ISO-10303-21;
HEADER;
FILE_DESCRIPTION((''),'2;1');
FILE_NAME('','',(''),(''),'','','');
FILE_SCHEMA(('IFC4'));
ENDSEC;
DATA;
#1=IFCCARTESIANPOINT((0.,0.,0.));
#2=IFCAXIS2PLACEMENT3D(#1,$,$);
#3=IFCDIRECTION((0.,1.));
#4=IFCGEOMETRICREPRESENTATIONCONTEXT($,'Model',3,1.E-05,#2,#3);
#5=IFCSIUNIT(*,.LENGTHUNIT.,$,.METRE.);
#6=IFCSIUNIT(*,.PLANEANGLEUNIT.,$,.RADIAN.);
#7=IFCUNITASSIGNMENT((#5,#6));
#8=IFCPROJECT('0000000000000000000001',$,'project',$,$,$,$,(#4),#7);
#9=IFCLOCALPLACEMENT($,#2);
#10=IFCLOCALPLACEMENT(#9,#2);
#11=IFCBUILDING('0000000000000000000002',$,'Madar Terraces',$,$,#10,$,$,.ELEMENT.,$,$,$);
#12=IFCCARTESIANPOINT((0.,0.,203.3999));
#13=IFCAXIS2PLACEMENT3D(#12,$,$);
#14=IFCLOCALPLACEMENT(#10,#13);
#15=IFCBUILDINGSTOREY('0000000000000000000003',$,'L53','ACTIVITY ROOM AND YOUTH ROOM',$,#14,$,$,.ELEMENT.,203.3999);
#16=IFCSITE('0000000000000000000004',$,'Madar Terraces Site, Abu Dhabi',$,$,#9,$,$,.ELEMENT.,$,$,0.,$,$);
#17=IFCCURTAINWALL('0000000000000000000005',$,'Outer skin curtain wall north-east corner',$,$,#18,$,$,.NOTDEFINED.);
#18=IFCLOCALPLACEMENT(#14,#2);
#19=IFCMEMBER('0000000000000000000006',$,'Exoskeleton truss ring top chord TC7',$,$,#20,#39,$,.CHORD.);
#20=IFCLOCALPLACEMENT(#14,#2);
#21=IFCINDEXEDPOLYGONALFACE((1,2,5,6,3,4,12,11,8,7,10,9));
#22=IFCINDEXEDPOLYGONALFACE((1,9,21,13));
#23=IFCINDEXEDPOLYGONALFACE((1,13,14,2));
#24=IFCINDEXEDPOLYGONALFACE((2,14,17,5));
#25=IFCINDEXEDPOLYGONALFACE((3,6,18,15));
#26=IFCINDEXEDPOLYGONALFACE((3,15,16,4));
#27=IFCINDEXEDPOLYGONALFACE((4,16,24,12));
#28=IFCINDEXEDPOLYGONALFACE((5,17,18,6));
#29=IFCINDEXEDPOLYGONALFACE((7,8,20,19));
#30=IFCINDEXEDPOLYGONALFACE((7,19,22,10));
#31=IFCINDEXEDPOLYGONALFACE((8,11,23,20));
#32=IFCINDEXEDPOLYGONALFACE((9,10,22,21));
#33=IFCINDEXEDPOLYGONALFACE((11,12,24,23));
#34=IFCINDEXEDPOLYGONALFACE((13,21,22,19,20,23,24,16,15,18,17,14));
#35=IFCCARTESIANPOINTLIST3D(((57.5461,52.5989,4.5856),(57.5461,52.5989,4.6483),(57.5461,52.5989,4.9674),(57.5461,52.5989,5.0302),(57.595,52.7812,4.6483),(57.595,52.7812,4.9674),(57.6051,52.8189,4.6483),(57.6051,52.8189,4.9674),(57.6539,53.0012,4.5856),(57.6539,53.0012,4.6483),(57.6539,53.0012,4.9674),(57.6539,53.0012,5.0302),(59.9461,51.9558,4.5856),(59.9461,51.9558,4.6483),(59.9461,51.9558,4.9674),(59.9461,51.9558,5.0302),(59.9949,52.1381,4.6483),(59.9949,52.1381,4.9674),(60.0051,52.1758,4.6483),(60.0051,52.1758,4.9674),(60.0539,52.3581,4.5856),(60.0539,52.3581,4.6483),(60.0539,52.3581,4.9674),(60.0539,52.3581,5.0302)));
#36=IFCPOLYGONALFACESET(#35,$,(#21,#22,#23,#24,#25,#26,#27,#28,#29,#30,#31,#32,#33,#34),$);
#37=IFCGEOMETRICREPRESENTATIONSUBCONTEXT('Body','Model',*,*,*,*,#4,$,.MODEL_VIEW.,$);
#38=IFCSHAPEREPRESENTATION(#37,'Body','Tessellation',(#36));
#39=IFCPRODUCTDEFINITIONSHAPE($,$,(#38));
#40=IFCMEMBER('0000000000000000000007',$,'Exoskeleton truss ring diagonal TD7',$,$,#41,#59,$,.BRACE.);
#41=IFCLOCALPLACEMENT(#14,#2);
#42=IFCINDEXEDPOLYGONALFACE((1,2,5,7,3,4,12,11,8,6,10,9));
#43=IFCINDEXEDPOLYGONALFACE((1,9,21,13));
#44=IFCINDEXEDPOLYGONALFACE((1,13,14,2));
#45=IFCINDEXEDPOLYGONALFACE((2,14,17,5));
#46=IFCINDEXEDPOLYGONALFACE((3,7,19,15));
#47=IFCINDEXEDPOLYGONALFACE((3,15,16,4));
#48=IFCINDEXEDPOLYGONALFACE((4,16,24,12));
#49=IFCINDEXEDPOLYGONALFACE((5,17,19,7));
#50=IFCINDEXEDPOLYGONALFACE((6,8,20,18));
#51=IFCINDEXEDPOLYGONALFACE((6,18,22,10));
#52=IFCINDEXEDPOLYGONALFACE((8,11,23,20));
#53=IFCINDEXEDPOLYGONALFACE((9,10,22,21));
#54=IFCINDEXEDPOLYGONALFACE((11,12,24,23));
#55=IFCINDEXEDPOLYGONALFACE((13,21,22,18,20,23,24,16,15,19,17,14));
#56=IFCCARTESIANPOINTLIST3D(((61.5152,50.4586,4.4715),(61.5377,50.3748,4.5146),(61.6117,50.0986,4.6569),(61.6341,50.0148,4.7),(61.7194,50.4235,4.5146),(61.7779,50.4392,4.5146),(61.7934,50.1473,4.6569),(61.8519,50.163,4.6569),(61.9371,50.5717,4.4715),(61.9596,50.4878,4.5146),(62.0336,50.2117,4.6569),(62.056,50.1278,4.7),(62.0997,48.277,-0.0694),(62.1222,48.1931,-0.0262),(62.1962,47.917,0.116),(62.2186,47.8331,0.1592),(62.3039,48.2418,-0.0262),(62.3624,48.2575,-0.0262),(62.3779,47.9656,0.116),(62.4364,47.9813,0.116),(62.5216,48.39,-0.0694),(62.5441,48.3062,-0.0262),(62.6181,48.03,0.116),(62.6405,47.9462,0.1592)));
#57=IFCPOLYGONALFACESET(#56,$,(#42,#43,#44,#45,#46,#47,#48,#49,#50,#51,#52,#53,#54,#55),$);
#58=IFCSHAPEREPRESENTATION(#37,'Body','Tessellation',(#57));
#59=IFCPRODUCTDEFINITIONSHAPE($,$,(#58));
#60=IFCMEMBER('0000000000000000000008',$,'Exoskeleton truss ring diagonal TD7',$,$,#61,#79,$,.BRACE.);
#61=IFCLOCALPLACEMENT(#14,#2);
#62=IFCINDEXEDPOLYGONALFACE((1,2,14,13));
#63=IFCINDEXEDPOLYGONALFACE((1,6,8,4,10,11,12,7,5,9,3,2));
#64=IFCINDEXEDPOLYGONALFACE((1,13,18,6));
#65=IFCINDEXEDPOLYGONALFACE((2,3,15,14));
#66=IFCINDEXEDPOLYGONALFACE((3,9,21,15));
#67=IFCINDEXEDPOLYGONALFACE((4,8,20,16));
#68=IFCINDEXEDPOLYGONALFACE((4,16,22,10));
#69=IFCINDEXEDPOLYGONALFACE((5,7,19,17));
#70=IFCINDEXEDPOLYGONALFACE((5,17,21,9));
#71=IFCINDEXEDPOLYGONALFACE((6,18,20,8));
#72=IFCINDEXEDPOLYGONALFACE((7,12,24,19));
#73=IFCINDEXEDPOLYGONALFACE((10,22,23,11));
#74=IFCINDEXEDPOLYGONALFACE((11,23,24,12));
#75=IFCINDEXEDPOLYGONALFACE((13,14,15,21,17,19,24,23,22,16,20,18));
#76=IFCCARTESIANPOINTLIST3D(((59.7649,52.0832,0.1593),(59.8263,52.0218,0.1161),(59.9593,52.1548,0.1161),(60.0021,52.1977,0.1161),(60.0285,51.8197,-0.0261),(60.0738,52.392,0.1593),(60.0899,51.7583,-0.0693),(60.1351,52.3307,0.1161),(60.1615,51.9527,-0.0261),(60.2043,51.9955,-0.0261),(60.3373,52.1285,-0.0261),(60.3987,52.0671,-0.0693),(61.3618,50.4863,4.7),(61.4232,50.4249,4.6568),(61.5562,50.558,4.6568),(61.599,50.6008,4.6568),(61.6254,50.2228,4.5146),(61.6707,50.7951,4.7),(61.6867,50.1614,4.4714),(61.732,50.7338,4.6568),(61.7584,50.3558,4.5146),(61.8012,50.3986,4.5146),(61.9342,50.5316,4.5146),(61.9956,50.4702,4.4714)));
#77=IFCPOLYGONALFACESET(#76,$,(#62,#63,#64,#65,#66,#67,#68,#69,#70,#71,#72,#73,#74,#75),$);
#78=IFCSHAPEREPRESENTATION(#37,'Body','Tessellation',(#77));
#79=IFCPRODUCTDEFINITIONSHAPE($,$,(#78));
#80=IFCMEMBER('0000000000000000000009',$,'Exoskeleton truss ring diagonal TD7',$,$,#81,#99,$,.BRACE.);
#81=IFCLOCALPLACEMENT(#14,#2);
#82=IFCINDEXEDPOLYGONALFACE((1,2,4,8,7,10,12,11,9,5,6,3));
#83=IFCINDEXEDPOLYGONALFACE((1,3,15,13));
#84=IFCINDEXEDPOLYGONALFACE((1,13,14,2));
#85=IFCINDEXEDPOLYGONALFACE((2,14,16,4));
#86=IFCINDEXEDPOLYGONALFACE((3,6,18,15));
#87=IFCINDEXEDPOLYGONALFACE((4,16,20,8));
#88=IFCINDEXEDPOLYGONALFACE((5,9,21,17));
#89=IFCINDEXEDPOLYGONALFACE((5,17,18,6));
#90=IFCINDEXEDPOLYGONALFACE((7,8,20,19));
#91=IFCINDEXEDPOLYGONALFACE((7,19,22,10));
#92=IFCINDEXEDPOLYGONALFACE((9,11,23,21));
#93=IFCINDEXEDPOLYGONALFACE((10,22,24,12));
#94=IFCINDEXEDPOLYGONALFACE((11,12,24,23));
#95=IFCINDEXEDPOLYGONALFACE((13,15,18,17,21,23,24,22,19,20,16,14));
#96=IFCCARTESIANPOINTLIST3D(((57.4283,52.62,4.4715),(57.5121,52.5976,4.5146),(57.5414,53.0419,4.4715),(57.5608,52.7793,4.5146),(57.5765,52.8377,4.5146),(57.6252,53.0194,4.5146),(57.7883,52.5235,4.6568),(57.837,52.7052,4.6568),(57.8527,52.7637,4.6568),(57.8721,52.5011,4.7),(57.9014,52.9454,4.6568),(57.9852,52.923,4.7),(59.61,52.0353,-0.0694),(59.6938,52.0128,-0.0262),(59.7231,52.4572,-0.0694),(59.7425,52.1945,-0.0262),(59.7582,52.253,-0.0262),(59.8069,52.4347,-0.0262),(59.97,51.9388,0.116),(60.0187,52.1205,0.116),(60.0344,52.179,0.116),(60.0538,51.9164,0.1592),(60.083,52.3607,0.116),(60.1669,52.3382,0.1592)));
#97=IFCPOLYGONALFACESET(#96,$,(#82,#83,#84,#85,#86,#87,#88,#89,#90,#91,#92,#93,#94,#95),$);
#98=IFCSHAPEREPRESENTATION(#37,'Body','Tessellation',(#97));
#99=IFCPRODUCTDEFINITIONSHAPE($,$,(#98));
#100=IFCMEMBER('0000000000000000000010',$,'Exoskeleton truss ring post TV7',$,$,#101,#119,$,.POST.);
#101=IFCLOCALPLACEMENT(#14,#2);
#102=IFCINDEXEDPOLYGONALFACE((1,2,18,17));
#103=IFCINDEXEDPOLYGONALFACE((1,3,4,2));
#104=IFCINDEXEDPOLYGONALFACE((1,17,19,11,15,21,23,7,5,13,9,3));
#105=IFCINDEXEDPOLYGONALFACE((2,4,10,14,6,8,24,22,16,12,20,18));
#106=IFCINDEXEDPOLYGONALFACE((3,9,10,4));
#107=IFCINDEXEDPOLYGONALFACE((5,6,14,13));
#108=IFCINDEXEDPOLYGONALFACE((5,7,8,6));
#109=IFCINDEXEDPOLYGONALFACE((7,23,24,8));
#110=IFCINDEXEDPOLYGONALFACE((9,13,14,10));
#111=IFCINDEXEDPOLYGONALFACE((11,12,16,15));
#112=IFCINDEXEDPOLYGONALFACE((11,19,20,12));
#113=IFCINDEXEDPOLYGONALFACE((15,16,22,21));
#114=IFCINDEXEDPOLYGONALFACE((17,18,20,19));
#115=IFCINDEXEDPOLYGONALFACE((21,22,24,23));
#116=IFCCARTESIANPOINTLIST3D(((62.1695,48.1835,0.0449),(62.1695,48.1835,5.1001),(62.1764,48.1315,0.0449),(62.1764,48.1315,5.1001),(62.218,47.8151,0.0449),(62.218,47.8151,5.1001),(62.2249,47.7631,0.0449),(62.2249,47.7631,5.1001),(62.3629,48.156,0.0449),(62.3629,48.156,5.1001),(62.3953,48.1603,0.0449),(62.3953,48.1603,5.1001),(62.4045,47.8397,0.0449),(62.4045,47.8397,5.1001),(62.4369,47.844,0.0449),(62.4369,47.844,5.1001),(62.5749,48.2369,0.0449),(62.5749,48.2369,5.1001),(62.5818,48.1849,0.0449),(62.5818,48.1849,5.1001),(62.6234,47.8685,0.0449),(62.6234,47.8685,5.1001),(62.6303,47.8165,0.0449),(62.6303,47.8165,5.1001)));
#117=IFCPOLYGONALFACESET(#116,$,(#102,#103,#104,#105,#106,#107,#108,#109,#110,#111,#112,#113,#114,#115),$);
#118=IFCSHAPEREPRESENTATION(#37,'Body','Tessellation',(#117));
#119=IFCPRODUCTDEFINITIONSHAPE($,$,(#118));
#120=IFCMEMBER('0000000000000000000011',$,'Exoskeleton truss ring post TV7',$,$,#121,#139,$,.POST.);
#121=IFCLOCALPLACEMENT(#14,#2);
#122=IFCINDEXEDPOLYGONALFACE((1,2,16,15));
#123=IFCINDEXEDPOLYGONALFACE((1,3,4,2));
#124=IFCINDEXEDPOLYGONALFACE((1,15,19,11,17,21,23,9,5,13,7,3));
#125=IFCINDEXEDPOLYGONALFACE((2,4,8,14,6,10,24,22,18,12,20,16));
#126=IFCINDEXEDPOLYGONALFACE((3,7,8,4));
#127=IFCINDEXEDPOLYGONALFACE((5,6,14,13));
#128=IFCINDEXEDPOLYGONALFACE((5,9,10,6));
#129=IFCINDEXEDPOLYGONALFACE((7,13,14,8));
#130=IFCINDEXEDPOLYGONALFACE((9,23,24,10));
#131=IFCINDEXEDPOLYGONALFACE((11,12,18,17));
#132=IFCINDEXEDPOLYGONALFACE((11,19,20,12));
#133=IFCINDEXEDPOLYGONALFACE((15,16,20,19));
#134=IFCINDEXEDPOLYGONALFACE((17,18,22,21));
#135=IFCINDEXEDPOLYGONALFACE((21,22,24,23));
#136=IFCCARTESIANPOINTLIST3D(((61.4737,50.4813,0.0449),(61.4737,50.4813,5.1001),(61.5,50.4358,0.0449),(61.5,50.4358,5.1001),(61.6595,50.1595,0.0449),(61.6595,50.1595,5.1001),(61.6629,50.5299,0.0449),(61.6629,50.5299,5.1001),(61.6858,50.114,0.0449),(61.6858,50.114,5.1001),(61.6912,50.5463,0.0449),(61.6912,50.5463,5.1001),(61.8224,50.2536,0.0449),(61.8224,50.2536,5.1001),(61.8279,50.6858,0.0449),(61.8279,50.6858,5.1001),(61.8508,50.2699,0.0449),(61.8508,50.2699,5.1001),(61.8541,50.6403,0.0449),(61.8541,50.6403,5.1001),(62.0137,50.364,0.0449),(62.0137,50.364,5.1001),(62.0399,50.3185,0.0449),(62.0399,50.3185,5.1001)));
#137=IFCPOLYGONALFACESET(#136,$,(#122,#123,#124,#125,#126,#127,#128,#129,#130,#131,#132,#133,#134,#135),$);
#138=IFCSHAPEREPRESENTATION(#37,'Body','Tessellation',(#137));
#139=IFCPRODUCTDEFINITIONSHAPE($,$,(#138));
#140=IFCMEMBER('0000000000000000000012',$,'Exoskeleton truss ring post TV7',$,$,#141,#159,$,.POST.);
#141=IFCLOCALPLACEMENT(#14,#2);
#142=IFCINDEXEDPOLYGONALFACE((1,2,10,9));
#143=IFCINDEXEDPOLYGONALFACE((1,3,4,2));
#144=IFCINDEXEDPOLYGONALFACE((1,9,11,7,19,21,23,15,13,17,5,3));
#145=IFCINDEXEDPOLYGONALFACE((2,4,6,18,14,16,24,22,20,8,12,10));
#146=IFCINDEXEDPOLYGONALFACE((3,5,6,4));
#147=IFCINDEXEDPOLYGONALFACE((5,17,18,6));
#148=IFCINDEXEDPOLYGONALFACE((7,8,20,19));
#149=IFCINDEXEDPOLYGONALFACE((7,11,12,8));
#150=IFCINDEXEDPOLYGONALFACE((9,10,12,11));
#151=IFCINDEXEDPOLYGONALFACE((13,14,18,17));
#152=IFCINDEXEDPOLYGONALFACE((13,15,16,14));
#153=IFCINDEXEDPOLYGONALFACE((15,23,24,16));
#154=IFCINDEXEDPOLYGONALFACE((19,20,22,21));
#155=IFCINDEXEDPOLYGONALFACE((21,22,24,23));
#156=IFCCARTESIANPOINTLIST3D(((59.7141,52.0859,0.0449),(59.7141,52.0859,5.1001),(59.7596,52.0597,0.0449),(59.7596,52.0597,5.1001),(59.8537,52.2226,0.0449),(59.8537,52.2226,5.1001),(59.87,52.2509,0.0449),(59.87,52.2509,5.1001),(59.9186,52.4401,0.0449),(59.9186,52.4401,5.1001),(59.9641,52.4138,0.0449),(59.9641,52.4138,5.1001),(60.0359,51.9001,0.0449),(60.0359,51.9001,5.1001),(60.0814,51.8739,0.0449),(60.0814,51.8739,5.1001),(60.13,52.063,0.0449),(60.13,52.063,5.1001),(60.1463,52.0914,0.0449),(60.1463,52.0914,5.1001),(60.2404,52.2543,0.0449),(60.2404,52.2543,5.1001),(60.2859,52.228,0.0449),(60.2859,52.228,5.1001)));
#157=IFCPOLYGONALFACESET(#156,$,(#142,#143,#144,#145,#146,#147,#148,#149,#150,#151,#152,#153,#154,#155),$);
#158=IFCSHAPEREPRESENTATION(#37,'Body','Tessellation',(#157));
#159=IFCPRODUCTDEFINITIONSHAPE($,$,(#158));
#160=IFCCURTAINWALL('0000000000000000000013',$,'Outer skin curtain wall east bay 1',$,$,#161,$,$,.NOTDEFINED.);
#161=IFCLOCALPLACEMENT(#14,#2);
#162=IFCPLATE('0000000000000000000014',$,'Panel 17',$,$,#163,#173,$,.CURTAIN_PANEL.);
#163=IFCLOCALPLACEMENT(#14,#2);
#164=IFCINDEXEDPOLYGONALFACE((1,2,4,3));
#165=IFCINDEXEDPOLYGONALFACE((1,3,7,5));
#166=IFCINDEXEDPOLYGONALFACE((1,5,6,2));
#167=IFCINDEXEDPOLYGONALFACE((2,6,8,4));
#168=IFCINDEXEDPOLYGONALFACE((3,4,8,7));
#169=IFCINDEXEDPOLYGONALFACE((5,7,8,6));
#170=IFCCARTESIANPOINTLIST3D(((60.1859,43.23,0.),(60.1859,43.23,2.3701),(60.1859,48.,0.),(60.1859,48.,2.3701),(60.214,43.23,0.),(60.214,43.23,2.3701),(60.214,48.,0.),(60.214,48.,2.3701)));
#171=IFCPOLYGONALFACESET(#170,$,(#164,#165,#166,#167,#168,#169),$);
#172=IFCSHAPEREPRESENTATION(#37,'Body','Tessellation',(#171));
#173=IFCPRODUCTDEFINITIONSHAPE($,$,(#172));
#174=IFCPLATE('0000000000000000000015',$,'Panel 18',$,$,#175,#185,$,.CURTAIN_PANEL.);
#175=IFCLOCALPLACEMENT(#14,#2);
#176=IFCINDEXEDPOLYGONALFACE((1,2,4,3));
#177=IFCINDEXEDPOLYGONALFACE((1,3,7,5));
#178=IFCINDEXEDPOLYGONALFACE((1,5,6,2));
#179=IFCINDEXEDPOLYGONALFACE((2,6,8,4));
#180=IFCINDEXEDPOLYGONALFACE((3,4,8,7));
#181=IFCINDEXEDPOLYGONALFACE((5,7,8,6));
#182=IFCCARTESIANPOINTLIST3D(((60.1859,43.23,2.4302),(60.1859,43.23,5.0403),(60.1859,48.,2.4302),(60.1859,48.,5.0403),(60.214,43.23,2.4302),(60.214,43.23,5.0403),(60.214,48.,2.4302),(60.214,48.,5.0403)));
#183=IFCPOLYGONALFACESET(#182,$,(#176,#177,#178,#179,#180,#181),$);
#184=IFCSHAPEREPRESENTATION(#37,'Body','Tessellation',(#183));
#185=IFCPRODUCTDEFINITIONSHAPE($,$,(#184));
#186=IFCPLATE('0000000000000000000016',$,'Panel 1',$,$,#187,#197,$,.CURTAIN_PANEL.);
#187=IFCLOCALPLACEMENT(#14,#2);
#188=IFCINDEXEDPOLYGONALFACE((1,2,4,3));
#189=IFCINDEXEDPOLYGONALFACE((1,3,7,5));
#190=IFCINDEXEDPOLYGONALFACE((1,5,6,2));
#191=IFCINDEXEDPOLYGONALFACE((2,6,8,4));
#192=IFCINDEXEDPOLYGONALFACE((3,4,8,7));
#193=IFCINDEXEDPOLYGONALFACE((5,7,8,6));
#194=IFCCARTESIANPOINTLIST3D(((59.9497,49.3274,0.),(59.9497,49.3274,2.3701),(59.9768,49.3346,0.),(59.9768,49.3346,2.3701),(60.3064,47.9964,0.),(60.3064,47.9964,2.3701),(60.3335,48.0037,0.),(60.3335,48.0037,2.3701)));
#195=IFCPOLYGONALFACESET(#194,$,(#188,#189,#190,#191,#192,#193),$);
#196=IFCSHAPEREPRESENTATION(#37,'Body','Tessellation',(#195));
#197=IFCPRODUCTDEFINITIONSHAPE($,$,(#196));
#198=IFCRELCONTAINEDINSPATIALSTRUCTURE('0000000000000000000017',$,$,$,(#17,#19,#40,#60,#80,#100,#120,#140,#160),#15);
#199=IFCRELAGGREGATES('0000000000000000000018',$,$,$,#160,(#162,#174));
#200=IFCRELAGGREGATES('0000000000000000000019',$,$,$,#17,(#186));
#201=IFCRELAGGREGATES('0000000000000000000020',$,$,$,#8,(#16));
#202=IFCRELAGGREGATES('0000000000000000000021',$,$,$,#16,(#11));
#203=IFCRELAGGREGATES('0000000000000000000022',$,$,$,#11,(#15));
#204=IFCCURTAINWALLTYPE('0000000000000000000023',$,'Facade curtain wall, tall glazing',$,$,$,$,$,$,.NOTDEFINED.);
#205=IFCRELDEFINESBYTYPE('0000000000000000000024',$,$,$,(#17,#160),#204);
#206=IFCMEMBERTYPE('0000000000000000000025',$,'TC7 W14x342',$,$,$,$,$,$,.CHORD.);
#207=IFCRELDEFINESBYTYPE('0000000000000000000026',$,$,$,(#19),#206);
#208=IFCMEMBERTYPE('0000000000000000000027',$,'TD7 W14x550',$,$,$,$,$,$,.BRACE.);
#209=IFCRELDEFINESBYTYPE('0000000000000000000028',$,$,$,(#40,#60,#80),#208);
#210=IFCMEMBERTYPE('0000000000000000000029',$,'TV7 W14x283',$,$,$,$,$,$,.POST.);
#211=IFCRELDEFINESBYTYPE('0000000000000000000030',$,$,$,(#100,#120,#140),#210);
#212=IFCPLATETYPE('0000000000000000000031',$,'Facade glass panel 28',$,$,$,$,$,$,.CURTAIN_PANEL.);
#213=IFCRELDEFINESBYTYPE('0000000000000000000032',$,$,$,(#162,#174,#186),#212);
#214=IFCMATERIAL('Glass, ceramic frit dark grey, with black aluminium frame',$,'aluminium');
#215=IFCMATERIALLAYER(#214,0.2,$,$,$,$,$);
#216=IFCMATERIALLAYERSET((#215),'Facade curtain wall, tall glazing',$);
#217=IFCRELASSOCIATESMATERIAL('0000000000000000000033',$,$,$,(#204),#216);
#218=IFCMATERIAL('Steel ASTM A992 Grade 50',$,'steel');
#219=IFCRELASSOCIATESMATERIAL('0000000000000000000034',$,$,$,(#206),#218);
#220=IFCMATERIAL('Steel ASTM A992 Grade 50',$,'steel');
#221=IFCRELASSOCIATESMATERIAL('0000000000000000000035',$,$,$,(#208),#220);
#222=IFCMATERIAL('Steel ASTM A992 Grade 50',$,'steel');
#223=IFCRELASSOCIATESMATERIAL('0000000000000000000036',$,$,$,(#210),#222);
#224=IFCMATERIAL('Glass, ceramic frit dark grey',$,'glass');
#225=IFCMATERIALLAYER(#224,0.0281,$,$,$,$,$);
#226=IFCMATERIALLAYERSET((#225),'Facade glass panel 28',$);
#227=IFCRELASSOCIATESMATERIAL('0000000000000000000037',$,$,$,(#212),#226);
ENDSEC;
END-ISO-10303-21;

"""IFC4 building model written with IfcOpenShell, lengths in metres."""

from ifc_helpers import new_model, si_unit, direction, frame, origin, origin_2d, place, context, subcontext, project, spatial, rectangle, i_section, extrude, material, layer, layer_set, material_profile, profile_set, type_object, element, aggregate, save


model = new_model("IFC4")

# Units and contexts
model_context = context("Model", 3, precision=1e-05, world=origin(), true_north=direction((0.0, 1.0)))
body_context = subcontext(model_context, "Body", "Model", "MODEL_VIEW")
ifc_project = project(units=[si_unit("LENGTHUNIT", "METRE"), si_unit("PLANEANGLEUNIT", "RADIAN")], contexts=[model_context])

# Site, building, storey
site_placement = place(None, origin())
site = spatial("IfcSite", under=ifc_project, at=site_placement, Name="Madar Terraces Site, Abu Dhabi", CompositionType="ELEMENT", RefElevation=0.0)
building_placement = place(site_placement, origin())
building = spatial("IfcBuilding", under=site, at=building_placement, Name="Madar Terraces", CompositionType="ELEMENT")
storey_placement = place(building_placement, frame((0.0, 0.0, 203.3999)))
storey = spatial("IfcBuildingStorey", under=building, at=storey_placement, Name="L53", Description="ACTIVITY ROOM AND YOUTH ROOM", CompositionType="ELEMENT", Elevation=203.3999)

# Curtain wall
ifc_material_1 = material(Name="Glass, ceramic frit dark grey, with black aluminium frame", Category="aluminium")
ifc_layer_1 = layer(ifc_material_1, 0.2)
ifc_layer_set_1 = layer_set([ifc_layer_1], Name="Facade curtain wall, tall glazing")
curtain_wall_type = type_object("IfcCurtainWallType", Name="Facade curtain wall, tall glazing", PredefinedType="NOTDEFINED", material=ifc_layer_set_1)
curtain_wall_1_placement = place(storey_placement, origin())
curtain_wall_1 = element("IfcCurtainWall", 1, at=curtain_wall_1_placement, inside=storey, type_object=curtain_wall_type, Name="Outer skin curtain wall north-east corner", PredefinedType="NOTDEFINED")

# Members
ifc_material_2 = material(Name="Steel ASTM A992 Grade 50", Category="steel")
ifc_material_profile_1 = material_profile(ifc_material_2, i_section(OverallWidth=0.4165, OverallDepth=0.4446, WebThickness=0.0391, FlangeThickness=0.0627, at=origin_2d()), Name="W14x342")
ifc_profile_set_1 = profile_set([ifc_material_profile_1], Name="Steel ASTM A992 Grade 50")
member_type_1 = type_object("IfcMemberType", Name="TC7 W14x342", PredefinedType="CHORD", material=ifc_profile_set_1)
for number, where, z_axis, x_axis, name in (
    (2, (60.0, 52.157, 4.8079), (-0.965924, 0.258824, 0.0), (-0.258824, -0.965924, 0.0), "Exoskeleton truss ring top chord TC7"),
):
    element("IfcMember", number, at=place(storey_placement, frame(where, z_axis=z_axis, x_axis=x_axis)), inside=storey, type_object=member_type_1, Name=name, PredefinedType="CHORD", context=body_context, shape_type="SweptSolid", body=[
        extrude(i_section(OverallWidth=0.4165, OverallDepth=0.4446, WebThickness=0.0391, FlangeThickness=0.0627, at=origin_2d()), origin(), (0.0, 0.0, 1.0), 2.4846),
    ])
ifc_material_3 = material(Name="Steel ASTM A992 Grade 50", Category="steel")
ifc_material_profile_2 = material_profile(ifc_material_3, i_section(OverallWidth=0.4368, OverallDepth=0.5132, WebThickness=0.0605, FlangeThickness=0.0969, at=origin_2d()), Name="W14x550")
ifc_profile_set_2 = profile_set([ifc_material_profile_2], Name="Steel ASTM A992 Grade 50")
member_type_2 = type_object("IfcMemberType", Name="TD7 W14x550", PredefinedType="BRACE", material=ifc_profile_set_2)
member_1_placement = place(storey_placement, frame((62.3701, 48.1116, 0.0449), z_axis=(-0.115247, 0.430179, 0.895357), x_axis=(-0.965936, -0.258779, 0.0)))
element("IfcMember", 3, at=member_1_placement, inside=storey, type_object=member_type_2, Name="Exoskeleton truss ring diagonal TD7", PredefinedType="BRACE", context=body_context, shape_type="SweptSolid", body=[
    extrude(i_section(OverallWidth=0.4368, OverallDepth=0.5132, WebThickness=0.0605, FlangeThickness=0.0969, at=origin_2d()), origin(), (0.0, 0.0, 1.0), 5.0715),
])
member_2_placement = place(storey_placement, frame((61.6787, 50.4783, 4.5857), z_axis=(-0.314889, 0.314889, -0.895371), x_axis=(-0.707107, -0.707107, 0.0)))
element("IfcMember", 4, at=member_2_placement, inside=storey, type_object=member_type_2, Name="Exoskeleton truss ring diagonal TD7", PredefinedType="BRACE", context=body_context, shape_type="SweptSolid", body=[
    extrude(i_section(OverallWidth=0.4368, OverallDepth=0.5132, WebThickness=0.0605, FlangeThickness=0.0969, at=origin_2d()), origin(), (0.0, 0.0, 1.0), 5.0713),
])
member_3_placement = place(storey_placement, frame((59.8884, 52.1868, 0.0449), z_axis=(-0.430177, 0.115295, 0.895352), x_axis=(-0.25888, -0.965909, 0.0)))
element("IfcMember", 5, at=member_3_placement, inside=storey, type_object=member_type_2, Name="Exoskeleton truss ring diagonal TD7", PredefinedType="BRACE", context=body_context, shape_type="SweptSolid", body=[
    extrude(i_section(OverallWidth=0.4368, OverallDepth=0.5132, WebThickness=0.0605, FlangeThickness=0.0969, at=origin_2d()), origin(), (0.0, 0.0, 1.0), 5.0715),
])
ifc_material_4 = material(Name="Steel ASTM A992 Grade 50", Category="steel")
ifc_material_profile_3 = material_profile(ifc_material_4, i_section(OverallWidth=0.4089, OverallDepth=0.4241, WebThickness=0.0327, FlangeThickness=0.0525, at=origin_2d()), Name="W14x283")
ifc_profile_set_3 = profile_set([ifc_material_profile_3], Name="Steel ASTM A992 Grade 50")
member_type_3 = type_object("IfcMemberType", Name="TV7 W14x283", PredefinedType="POST", material=ifc_profile_set_3)
for number, where, z_axis, x_axis, name in (
    (6, (62.3999, 48.0, 0.0449), (0.0, 0.0, 1.0), (-0.991445, -0.130526, 0.0), "Exoskeleton truss ring post TV7"),
    (7, (61.7568, 50.3999, 0.0449), (0.0, 0.0, 1.0), (-0.866025, -0.5, 0.0), "Exoskeleton truss ring post TV7"),
    (8, (60.0, 52.157, 0.0449), (0.0, 0.0, 1.0), (-0.5, -0.866025, 0.0), "Exoskeleton truss ring post TV7"),
):
    element("IfcMember", number, at=place(storey_placement, frame(where, z_axis=z_axis, x_axis=x_axis)), inside=storey, type_object=member_type_3, Name=name, PredefinedType="POST", context=body_context, shape_type="SweptSolid", body=[
        extrude(i_section(OverallWidth=0.4089, OverallDepth=0.4241, WebThickness=0.0327, FlangeThickness=0.0525, at=origin_2d()), origin(), (0.0, 0.0, 1.0), 5.0552),
    ])

# Curtain wall, plates
curtain_wall_2_placement = place(storey_placement, origin())
curtain_wall_2 = element("IfcCurtainWall", 9, at=curtain_wall_2_placement, inside=storey, type_object=curtain_wall_type, Name="Outer skin curtain wall east bay 1", PredefinedType="NOTDEFINED")
ifc_material_5 = material(Name="Glass, ceramic frit dark grey", Category="glass")
ifc_layer_2 = layer(ifc_material_5, 0.0281)
ifc_layer_set_2 = layer_set([ifc_layer_2], Name="Facade glass panel 28")
plate_type = type_object("IfcPlateType", Name="Facade glass panel 28", PredefinedType="CURTAIN_PANEL", material=ifc_layer_set_2)
plate_1_placement = place(storey_placement, frame((60.2, 45.615, 0.0), z_axis=(0.0, 0.0, 1.0), x_axis=(0.0, 1.0, 0.0)))
plate_1 = element("IfcPlate", 10, at=plate_1_placement, type_object=plate_type, Name="Panel 17", PredefinedType="CURTAIN_PANEL", context=body_context, shape_type="SweptSolid", body=[
    extrude(rectangle(XDim=4.77, YDim=0.0281, at=origin_2d()), origin(), (0.0, 0.0, 1.0), 2.3701),
])
plate_2_placement = place(storey_placement, frame((60.2, 45.615, 2.4302), z_axis=(0.0, 0.0, 1.0), x_axis=(0.0, 1.0, 0.0)))
plate_2 = element("IfcPlate", 11, at=plate_2_placement, type_object=plate_type, Name="Panel 18", PredefinedType="CURTAIN_PANEL", context=body_context, shape_type="SweptSolid", body=[
    extrude(rectangle(XDim=4.77, YDim=0.0281, at=origin_2d()), origin(), (0.0, 0.0, 1.0), 2.6101),
])
aggregate(curtain_wall_2, [plate_1, plate_2])

# Plate
plate_3_placement = place(storey_placement, frame((60.1416, 48.6655, 0.0), z_axis=(0.0, 0.0, 1.0), x_axis=(-0.258819, 0.965926, 0.0)))
plate_3 = element("IfcPlate", 12, at=plate_3_placement, type_object=plate_type, Name="Panel 1", PredefinedType="CURTAIN_PANEL", context=body_context, shape_type="SweptSolid", body=[
    extrude(rectangle(XDim=1.3779, YDim=0.0281, at=origin_2d()), origin(), (0.0, 0.0, 1.0), 2.3701),
])
aggregate(curtain_wall_1, [plate_3])

save(model, "model.ifc")
